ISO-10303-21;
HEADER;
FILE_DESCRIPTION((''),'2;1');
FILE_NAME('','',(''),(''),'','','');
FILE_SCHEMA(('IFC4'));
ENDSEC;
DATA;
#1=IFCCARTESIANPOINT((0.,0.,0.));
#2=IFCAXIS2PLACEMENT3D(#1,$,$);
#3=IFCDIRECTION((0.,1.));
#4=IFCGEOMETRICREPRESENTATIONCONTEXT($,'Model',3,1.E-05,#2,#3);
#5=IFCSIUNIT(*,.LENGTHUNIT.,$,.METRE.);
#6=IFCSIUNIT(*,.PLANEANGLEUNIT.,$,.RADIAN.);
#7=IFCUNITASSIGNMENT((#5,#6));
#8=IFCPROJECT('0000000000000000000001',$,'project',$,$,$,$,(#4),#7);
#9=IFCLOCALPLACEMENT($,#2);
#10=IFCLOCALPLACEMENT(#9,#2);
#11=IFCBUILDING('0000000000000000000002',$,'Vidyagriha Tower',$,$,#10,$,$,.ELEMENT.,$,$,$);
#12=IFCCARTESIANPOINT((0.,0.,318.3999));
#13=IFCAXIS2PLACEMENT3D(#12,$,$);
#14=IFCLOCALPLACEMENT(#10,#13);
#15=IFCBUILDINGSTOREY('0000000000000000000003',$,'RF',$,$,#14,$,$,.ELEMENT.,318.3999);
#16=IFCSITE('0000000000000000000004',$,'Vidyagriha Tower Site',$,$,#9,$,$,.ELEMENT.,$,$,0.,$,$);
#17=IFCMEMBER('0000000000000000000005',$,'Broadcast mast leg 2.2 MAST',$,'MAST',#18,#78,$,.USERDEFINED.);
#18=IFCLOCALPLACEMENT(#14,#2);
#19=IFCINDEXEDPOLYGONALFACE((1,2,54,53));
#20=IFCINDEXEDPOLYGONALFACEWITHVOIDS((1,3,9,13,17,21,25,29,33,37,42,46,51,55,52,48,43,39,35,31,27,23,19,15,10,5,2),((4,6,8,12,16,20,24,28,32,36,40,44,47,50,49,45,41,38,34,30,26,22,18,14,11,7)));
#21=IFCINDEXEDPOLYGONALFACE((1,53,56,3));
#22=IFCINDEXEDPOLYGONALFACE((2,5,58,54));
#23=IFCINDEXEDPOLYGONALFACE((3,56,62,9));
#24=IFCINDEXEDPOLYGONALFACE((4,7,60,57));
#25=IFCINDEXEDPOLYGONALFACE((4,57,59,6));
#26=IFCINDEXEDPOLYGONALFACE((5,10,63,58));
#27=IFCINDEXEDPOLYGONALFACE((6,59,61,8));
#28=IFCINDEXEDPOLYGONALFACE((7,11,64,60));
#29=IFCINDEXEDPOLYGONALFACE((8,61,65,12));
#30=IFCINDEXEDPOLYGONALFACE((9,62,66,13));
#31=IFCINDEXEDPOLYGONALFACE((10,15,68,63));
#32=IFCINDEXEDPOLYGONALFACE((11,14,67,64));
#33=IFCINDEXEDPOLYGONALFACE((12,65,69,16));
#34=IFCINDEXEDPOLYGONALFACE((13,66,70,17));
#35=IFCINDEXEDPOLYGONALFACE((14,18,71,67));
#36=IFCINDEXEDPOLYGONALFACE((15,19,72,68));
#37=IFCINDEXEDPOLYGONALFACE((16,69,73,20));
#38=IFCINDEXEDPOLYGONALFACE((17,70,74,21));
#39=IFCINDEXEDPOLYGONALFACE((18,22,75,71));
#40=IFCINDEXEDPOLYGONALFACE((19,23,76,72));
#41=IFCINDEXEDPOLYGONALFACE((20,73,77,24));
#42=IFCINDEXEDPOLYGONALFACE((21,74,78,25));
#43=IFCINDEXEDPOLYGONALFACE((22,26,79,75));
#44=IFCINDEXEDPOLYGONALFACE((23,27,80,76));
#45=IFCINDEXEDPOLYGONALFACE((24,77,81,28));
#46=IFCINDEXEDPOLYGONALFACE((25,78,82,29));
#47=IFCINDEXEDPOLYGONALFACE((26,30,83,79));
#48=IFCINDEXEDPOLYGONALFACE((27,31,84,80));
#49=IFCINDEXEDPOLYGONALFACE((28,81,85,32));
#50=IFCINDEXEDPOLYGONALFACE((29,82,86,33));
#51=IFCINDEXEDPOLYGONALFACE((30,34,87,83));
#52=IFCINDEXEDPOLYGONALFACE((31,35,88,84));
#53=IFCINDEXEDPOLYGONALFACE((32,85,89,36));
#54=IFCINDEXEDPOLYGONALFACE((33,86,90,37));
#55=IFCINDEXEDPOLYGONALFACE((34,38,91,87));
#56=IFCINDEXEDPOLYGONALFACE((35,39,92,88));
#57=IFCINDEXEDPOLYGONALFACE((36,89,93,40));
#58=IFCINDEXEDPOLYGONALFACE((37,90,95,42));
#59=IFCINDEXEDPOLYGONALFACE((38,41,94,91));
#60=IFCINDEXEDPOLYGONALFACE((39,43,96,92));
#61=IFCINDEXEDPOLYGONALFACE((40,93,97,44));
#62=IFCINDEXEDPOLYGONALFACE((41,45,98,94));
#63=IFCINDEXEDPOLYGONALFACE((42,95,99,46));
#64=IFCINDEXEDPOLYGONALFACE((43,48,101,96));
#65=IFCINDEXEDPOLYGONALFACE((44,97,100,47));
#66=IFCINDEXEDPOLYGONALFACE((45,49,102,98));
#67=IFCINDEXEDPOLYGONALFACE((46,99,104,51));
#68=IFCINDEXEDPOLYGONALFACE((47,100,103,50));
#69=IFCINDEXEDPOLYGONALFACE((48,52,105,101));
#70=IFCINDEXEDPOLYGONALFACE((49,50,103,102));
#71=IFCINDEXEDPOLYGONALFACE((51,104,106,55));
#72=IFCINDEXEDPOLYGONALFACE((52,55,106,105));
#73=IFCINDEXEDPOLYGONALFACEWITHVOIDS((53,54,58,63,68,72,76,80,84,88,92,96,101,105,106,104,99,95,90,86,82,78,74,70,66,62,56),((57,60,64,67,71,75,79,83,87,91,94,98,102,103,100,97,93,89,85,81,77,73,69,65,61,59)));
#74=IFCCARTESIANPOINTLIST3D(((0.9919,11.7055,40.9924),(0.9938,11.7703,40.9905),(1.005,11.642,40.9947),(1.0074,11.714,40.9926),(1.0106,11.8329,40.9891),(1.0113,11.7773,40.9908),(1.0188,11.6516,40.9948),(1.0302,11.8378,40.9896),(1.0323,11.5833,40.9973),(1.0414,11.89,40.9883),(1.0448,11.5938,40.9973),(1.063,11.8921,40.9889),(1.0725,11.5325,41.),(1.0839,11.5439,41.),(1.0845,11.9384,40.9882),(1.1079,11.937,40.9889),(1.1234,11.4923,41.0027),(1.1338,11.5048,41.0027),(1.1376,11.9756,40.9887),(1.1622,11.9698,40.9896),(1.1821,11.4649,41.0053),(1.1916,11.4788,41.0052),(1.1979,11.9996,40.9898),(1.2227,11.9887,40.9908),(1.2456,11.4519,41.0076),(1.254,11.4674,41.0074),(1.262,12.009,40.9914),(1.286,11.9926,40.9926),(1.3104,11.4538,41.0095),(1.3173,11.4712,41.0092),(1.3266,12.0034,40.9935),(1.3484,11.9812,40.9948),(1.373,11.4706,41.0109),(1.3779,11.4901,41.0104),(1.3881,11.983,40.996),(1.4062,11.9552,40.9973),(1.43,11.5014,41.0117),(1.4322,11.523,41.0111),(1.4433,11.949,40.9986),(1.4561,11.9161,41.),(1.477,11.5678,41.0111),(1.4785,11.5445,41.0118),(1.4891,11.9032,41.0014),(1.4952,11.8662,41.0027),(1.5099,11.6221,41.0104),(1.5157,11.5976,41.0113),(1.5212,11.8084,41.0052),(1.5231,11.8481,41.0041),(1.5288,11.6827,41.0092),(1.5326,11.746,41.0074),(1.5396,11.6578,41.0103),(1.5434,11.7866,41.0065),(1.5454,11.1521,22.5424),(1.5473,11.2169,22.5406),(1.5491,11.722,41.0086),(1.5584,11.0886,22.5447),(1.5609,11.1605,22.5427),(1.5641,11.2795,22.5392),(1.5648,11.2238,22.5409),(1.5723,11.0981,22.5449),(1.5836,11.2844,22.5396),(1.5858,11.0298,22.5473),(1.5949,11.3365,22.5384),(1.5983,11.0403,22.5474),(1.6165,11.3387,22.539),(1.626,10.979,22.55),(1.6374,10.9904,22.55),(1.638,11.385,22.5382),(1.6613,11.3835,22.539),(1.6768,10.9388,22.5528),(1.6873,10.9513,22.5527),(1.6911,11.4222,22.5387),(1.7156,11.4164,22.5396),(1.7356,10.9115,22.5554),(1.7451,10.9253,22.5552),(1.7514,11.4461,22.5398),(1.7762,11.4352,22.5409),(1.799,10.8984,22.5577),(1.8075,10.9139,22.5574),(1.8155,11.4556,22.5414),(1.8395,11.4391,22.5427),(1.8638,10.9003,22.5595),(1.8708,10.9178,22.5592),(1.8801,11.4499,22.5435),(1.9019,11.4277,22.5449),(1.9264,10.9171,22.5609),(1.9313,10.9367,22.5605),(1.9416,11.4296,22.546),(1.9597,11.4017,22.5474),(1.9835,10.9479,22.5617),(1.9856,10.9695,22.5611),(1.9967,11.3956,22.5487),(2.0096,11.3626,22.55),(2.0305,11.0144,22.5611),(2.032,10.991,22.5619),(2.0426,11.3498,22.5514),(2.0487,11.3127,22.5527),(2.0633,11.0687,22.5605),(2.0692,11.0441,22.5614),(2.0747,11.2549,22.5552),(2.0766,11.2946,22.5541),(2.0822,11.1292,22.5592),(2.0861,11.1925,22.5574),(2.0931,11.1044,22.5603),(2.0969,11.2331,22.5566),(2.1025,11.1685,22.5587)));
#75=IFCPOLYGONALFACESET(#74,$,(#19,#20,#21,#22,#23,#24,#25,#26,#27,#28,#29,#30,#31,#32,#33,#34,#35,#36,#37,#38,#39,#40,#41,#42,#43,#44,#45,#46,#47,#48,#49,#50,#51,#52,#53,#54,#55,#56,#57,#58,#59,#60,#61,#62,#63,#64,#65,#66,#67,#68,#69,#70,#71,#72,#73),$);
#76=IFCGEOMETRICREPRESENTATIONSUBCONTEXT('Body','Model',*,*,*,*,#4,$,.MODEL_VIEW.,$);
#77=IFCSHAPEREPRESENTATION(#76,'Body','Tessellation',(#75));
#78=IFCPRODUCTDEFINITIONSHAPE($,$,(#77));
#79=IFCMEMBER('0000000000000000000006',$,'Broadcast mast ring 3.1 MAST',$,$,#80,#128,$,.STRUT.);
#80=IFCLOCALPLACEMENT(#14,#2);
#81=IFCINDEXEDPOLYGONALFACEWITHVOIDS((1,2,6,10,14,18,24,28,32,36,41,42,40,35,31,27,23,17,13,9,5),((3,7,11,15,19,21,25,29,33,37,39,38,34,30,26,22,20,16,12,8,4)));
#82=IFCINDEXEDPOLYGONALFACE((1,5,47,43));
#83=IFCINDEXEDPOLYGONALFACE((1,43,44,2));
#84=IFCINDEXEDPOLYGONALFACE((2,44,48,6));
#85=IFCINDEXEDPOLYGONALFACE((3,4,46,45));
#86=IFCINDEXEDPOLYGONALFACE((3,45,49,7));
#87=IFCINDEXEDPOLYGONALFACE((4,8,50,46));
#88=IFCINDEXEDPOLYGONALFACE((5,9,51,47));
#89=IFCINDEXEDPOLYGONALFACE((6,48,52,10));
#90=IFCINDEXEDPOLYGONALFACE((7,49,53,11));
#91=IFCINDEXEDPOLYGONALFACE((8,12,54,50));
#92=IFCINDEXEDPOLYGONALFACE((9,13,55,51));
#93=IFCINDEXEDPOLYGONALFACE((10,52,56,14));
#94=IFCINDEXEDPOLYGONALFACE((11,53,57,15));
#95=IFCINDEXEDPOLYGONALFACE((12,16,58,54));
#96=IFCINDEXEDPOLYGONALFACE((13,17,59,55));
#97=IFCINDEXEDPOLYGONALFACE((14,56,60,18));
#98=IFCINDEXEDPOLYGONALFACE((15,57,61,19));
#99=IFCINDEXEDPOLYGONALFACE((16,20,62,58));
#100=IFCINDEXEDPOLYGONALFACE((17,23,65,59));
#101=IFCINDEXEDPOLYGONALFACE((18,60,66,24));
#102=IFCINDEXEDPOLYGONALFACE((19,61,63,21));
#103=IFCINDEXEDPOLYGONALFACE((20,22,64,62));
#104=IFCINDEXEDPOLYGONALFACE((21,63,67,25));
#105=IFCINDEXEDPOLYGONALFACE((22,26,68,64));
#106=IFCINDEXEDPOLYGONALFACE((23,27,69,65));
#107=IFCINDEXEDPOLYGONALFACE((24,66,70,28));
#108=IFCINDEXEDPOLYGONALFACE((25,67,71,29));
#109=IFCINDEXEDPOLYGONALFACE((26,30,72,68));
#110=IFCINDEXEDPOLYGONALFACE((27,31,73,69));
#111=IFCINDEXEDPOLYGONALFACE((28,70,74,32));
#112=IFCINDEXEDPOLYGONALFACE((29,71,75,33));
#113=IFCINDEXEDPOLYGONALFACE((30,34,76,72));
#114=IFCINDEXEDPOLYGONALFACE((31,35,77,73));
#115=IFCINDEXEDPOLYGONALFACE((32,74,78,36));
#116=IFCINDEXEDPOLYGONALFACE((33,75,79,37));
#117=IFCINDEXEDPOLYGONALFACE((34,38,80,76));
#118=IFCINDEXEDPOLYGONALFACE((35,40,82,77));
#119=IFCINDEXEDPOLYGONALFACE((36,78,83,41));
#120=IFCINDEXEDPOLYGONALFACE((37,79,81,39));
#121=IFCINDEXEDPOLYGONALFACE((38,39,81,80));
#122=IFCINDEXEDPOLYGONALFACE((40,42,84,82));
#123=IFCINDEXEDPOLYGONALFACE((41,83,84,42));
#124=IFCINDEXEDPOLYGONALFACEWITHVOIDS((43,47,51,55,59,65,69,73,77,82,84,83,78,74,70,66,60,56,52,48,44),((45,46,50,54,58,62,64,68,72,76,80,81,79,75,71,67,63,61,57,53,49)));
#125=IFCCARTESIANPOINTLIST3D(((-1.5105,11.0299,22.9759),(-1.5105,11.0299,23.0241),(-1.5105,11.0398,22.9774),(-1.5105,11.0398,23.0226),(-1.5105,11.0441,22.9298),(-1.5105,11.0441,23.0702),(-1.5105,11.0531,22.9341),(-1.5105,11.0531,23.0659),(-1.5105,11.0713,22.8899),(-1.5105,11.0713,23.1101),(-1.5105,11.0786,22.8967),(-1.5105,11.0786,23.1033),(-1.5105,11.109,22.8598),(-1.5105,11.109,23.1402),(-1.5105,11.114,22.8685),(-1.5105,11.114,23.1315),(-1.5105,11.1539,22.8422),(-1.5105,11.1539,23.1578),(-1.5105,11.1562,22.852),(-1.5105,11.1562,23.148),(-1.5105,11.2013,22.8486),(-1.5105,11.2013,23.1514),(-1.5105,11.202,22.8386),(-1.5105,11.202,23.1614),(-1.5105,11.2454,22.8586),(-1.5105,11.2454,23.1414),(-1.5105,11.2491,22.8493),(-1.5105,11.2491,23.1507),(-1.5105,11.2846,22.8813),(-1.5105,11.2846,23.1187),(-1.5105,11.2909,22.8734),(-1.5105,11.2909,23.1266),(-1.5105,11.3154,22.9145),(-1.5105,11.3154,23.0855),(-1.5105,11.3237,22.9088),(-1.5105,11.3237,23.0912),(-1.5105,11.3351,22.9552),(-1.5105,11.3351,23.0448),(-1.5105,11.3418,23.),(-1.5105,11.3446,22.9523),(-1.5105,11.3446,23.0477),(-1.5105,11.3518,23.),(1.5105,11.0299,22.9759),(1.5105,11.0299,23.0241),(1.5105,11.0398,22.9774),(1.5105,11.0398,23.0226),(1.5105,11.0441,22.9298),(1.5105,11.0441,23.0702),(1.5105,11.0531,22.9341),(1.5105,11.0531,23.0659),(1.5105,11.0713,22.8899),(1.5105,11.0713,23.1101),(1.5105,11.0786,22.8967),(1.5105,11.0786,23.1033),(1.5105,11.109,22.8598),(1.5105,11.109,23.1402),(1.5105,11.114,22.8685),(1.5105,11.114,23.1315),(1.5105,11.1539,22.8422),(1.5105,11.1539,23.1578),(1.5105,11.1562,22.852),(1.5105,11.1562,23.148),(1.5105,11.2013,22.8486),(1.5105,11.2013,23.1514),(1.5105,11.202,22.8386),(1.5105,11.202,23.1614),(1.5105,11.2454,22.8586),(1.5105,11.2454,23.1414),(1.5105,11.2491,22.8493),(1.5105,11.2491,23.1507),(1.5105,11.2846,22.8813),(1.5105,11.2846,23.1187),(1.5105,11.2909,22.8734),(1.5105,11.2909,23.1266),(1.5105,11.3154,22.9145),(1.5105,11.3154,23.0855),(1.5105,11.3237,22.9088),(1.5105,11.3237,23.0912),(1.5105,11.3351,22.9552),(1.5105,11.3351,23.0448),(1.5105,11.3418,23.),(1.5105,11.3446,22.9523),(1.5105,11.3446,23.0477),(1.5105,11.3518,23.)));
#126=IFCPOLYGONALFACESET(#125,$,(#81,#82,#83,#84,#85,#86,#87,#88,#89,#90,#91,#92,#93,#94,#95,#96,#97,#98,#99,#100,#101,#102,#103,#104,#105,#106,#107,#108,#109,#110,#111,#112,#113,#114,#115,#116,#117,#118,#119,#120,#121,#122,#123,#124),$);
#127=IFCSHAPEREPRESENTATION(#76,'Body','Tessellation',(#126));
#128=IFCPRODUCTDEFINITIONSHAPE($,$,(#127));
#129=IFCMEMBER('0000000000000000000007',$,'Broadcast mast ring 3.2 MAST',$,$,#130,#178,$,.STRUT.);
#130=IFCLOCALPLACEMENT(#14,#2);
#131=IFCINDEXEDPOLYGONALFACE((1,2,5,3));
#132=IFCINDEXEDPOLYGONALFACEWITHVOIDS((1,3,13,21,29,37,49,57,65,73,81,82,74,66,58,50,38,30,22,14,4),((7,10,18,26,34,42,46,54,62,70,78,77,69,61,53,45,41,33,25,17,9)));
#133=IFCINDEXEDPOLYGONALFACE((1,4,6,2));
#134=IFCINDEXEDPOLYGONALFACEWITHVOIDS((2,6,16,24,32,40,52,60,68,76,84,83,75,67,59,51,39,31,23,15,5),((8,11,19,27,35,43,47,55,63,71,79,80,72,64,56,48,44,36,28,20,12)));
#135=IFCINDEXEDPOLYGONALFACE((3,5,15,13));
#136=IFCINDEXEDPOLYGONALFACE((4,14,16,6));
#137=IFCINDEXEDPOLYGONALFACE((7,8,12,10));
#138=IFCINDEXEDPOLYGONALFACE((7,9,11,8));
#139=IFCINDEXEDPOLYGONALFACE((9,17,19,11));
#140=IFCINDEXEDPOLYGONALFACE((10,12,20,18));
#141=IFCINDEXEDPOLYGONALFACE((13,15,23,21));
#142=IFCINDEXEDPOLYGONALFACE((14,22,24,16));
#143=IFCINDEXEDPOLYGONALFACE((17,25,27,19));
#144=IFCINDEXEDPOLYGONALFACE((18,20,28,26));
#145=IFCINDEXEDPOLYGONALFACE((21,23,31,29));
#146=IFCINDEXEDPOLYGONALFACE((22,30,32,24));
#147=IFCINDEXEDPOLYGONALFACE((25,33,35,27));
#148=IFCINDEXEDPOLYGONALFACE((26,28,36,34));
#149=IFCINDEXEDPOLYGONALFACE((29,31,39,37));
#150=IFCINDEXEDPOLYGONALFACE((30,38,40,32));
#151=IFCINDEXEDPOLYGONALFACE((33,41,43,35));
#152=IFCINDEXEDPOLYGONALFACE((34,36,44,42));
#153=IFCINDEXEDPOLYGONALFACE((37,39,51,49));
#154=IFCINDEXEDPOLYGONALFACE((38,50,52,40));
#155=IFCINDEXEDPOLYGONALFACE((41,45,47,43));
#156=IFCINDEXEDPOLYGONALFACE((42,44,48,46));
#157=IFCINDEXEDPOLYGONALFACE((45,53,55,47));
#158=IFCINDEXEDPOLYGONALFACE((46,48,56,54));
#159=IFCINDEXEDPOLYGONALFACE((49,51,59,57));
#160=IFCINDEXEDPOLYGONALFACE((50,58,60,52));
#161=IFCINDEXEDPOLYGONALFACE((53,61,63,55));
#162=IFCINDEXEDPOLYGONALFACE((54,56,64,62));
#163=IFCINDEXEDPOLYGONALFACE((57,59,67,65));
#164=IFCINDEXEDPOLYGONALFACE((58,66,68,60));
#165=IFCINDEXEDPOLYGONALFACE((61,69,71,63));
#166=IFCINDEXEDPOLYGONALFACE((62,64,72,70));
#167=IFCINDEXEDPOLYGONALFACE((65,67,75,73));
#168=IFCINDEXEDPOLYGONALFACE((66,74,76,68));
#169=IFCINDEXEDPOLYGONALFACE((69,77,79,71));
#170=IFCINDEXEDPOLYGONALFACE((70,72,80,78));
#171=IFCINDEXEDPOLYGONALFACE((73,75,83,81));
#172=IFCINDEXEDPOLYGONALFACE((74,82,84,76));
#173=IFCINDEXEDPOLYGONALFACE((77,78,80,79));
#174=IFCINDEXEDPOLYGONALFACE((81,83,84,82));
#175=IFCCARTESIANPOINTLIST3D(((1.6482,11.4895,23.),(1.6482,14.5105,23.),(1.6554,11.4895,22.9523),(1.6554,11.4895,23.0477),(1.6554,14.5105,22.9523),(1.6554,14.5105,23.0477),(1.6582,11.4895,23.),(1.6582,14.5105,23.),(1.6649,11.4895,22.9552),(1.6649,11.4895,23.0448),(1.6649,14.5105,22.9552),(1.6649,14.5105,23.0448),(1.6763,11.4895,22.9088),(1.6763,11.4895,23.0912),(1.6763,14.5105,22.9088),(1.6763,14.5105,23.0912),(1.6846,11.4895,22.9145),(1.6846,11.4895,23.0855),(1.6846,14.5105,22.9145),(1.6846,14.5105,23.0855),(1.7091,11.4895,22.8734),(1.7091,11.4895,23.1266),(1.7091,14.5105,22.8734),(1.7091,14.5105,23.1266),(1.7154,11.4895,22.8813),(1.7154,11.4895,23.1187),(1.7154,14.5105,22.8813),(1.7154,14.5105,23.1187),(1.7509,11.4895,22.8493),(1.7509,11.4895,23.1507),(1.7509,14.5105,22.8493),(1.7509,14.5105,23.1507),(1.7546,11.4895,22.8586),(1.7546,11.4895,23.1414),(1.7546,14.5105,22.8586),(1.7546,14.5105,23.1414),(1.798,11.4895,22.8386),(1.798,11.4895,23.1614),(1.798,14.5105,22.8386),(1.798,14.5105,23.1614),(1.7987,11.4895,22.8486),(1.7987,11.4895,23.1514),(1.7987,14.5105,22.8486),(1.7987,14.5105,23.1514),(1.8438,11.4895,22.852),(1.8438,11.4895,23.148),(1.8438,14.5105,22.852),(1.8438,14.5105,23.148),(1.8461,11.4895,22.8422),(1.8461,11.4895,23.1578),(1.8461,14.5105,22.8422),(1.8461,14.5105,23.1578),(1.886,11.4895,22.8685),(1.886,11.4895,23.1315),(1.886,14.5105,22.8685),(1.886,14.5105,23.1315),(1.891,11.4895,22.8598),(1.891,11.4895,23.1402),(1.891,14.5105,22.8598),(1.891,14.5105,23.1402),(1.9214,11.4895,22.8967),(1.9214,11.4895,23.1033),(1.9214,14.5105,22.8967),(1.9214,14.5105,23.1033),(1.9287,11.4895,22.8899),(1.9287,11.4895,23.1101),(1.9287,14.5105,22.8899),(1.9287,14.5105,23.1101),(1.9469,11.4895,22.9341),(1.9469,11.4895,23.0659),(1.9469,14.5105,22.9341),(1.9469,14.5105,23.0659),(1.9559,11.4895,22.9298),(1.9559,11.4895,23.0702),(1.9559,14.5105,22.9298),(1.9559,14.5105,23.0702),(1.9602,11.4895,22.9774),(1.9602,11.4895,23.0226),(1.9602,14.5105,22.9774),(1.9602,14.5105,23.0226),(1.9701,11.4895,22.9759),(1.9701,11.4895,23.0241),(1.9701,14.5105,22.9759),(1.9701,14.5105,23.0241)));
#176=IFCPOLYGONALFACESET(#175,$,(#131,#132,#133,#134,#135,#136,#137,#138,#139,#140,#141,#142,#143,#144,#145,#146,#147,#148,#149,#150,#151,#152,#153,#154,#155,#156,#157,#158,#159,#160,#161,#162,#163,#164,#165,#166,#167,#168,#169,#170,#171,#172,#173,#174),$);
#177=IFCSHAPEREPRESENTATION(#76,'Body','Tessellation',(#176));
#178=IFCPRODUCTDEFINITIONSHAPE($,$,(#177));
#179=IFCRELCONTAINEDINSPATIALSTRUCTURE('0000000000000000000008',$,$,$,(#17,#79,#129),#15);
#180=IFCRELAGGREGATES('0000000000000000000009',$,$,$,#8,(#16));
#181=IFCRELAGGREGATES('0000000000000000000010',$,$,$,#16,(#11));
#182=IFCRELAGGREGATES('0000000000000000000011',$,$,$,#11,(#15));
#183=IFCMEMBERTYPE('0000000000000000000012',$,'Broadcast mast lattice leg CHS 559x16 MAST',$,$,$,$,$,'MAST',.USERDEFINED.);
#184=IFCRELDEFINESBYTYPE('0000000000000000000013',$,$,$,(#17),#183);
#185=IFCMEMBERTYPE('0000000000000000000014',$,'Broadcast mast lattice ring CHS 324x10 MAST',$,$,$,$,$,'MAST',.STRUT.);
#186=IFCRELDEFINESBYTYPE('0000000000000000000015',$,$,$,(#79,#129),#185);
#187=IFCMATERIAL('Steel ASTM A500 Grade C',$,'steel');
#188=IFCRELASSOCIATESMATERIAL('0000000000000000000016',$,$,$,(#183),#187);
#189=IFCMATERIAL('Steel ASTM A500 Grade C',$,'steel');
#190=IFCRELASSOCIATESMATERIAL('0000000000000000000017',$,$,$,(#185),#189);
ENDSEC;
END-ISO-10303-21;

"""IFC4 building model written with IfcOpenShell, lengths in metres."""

from ifc_helpers import new_model, si_unit, direction, frame, origin, origin_2d, place, context, subcontext, project, spatial, hollow_circle, extrude, material, material_profile, profile_set, type_object, element, save


model = new_model("IFC4")

# Units and contexts
model_context = context("Model", 3, precision=1e-05, world=origin(), true_north=direction((0.0, 1.0)))
body_context = subcontext(model_context, "Body", "Model", "MODEL_VIEW")
ifc_project = project(units=[si_unit("LENGTHUNIT", "METRE"), si_unit("PLANEANGLEUNIT", "RADIAN")], contexts=[model_context])

# Site, building, storey
site_placement = place(None, origin())
site = spatial("IfcSite", under=ifc_project, at=site_placement, Name="Vidyagriha Tower Site", CompositionType="ELEMENT", RefElevation=0.0)
building_placement = place(site_placement, origin())
building = spatial("IfcBuilding", under=site, at=building_placement, Name="Vidyagriha Tower", CompositionType="ELEMENT")
storey_placement = place(building_placement, frame((0.0, 0.0, 318.3999)))
storey = spatial("IfcBuildingStorey", under=building, at=storey_placement, Name="RF", CompositionType="ELEMENT", Elevation=318.3999)

# Members
ifc_material_1 = material(Name="Steel ASTM A500 Grade C", Category="steel")
ifc_material_profile_1 = material_profile(ifc_material_1, hollow_circle(Radius=0.2793, WallThickness=0.0161, at=origin_2d()), Name="Broadcast mast lattice leg CHS 559x16 MAST")
ifc_profile_set_1 = profile_set([ifc_material_profile_1], Name="Steel ASTM A500 Grade C")
member_type_1 = type_object("IfcMemberType", Name="Broadcast mast lattice leg CHS 559x16 MAST", ElementType="MAST", PredefinedType="USERDEFINED", material=ifc_profile_set_1)
member_1_placement = place(storey_placement, frame((1.8235, 11.1765, 22.55), z_axis=(-0.029971, 0.029971, 0.999101), x_axis=(-0.707107, -0.707107, 0.0)))
element("IfcMember", 1, at=member_1_placement, inside=storey, type_object=member_type_1, Name="Broadcast mast leg 2.2 MAST", ObjectType="MAST", PredefinedType="USERDEFINED", context=body_context, shape_type="SweptSolid", body=[
    extrude(hollow_circle(Radius=0.2793, WallThickness=0.0161, at=origin_2d()), origin(), (0.0, 0.0, 1.0), 18.4666),
])
ifc_material_2 = material(Name="Steel ASTM A500 Grade C", Category="steel")
ifc_material_profile_2 = material_profile(ifc_material_2, hollow_circle(Radius=0.1619, WallThickness=0.01, at=origin_2d()), Name="Broadcast mast lattice ring CHS 324x10 MAST")
ifc_profile_set_2 = profile_set([ifc_material_profile_2], Name="Steel ASTM A500 Grade C")
member_type_2 = type_object("IfcMemberType", Name="Broadcast mast lattice ring CHS 324x10 MAST", ElementType="MAST", PredefinedType="STRUT", material=ifc_profile_set_2)
for number, where, z_axis, x_axis, name in (
    (2, (-1.5105, 11.1899, 23.0), (1.0, 0.0, 0.0), (0.0, 1.0, 0.0), "Broadcast mast ring 3.1 MAST"),
    (3, (1.8101, 11.4895, 23.0), (0.0, 1.0, 0.0), (-1.0, 0.0, 0.0), "Broadcast mast ring 3.2 MAST"),
):
    element("IfcMember", number, at=place(storey_placement, frame(where, z_axis=z_axis, x_axis=x_axis)), inside=storey, type_object=member_type_2, Name=name, PredefinedType="STRUT", context=body_context, shape_type="SweptSolid", body=[
        extrude(hollow_circle(Radius=0.1619, WallThickness=0.01, at=origin_2d()), origin(), (0.0, 0.0, 1.0), 3.021),
    ])

save(model, "model.ifc")
